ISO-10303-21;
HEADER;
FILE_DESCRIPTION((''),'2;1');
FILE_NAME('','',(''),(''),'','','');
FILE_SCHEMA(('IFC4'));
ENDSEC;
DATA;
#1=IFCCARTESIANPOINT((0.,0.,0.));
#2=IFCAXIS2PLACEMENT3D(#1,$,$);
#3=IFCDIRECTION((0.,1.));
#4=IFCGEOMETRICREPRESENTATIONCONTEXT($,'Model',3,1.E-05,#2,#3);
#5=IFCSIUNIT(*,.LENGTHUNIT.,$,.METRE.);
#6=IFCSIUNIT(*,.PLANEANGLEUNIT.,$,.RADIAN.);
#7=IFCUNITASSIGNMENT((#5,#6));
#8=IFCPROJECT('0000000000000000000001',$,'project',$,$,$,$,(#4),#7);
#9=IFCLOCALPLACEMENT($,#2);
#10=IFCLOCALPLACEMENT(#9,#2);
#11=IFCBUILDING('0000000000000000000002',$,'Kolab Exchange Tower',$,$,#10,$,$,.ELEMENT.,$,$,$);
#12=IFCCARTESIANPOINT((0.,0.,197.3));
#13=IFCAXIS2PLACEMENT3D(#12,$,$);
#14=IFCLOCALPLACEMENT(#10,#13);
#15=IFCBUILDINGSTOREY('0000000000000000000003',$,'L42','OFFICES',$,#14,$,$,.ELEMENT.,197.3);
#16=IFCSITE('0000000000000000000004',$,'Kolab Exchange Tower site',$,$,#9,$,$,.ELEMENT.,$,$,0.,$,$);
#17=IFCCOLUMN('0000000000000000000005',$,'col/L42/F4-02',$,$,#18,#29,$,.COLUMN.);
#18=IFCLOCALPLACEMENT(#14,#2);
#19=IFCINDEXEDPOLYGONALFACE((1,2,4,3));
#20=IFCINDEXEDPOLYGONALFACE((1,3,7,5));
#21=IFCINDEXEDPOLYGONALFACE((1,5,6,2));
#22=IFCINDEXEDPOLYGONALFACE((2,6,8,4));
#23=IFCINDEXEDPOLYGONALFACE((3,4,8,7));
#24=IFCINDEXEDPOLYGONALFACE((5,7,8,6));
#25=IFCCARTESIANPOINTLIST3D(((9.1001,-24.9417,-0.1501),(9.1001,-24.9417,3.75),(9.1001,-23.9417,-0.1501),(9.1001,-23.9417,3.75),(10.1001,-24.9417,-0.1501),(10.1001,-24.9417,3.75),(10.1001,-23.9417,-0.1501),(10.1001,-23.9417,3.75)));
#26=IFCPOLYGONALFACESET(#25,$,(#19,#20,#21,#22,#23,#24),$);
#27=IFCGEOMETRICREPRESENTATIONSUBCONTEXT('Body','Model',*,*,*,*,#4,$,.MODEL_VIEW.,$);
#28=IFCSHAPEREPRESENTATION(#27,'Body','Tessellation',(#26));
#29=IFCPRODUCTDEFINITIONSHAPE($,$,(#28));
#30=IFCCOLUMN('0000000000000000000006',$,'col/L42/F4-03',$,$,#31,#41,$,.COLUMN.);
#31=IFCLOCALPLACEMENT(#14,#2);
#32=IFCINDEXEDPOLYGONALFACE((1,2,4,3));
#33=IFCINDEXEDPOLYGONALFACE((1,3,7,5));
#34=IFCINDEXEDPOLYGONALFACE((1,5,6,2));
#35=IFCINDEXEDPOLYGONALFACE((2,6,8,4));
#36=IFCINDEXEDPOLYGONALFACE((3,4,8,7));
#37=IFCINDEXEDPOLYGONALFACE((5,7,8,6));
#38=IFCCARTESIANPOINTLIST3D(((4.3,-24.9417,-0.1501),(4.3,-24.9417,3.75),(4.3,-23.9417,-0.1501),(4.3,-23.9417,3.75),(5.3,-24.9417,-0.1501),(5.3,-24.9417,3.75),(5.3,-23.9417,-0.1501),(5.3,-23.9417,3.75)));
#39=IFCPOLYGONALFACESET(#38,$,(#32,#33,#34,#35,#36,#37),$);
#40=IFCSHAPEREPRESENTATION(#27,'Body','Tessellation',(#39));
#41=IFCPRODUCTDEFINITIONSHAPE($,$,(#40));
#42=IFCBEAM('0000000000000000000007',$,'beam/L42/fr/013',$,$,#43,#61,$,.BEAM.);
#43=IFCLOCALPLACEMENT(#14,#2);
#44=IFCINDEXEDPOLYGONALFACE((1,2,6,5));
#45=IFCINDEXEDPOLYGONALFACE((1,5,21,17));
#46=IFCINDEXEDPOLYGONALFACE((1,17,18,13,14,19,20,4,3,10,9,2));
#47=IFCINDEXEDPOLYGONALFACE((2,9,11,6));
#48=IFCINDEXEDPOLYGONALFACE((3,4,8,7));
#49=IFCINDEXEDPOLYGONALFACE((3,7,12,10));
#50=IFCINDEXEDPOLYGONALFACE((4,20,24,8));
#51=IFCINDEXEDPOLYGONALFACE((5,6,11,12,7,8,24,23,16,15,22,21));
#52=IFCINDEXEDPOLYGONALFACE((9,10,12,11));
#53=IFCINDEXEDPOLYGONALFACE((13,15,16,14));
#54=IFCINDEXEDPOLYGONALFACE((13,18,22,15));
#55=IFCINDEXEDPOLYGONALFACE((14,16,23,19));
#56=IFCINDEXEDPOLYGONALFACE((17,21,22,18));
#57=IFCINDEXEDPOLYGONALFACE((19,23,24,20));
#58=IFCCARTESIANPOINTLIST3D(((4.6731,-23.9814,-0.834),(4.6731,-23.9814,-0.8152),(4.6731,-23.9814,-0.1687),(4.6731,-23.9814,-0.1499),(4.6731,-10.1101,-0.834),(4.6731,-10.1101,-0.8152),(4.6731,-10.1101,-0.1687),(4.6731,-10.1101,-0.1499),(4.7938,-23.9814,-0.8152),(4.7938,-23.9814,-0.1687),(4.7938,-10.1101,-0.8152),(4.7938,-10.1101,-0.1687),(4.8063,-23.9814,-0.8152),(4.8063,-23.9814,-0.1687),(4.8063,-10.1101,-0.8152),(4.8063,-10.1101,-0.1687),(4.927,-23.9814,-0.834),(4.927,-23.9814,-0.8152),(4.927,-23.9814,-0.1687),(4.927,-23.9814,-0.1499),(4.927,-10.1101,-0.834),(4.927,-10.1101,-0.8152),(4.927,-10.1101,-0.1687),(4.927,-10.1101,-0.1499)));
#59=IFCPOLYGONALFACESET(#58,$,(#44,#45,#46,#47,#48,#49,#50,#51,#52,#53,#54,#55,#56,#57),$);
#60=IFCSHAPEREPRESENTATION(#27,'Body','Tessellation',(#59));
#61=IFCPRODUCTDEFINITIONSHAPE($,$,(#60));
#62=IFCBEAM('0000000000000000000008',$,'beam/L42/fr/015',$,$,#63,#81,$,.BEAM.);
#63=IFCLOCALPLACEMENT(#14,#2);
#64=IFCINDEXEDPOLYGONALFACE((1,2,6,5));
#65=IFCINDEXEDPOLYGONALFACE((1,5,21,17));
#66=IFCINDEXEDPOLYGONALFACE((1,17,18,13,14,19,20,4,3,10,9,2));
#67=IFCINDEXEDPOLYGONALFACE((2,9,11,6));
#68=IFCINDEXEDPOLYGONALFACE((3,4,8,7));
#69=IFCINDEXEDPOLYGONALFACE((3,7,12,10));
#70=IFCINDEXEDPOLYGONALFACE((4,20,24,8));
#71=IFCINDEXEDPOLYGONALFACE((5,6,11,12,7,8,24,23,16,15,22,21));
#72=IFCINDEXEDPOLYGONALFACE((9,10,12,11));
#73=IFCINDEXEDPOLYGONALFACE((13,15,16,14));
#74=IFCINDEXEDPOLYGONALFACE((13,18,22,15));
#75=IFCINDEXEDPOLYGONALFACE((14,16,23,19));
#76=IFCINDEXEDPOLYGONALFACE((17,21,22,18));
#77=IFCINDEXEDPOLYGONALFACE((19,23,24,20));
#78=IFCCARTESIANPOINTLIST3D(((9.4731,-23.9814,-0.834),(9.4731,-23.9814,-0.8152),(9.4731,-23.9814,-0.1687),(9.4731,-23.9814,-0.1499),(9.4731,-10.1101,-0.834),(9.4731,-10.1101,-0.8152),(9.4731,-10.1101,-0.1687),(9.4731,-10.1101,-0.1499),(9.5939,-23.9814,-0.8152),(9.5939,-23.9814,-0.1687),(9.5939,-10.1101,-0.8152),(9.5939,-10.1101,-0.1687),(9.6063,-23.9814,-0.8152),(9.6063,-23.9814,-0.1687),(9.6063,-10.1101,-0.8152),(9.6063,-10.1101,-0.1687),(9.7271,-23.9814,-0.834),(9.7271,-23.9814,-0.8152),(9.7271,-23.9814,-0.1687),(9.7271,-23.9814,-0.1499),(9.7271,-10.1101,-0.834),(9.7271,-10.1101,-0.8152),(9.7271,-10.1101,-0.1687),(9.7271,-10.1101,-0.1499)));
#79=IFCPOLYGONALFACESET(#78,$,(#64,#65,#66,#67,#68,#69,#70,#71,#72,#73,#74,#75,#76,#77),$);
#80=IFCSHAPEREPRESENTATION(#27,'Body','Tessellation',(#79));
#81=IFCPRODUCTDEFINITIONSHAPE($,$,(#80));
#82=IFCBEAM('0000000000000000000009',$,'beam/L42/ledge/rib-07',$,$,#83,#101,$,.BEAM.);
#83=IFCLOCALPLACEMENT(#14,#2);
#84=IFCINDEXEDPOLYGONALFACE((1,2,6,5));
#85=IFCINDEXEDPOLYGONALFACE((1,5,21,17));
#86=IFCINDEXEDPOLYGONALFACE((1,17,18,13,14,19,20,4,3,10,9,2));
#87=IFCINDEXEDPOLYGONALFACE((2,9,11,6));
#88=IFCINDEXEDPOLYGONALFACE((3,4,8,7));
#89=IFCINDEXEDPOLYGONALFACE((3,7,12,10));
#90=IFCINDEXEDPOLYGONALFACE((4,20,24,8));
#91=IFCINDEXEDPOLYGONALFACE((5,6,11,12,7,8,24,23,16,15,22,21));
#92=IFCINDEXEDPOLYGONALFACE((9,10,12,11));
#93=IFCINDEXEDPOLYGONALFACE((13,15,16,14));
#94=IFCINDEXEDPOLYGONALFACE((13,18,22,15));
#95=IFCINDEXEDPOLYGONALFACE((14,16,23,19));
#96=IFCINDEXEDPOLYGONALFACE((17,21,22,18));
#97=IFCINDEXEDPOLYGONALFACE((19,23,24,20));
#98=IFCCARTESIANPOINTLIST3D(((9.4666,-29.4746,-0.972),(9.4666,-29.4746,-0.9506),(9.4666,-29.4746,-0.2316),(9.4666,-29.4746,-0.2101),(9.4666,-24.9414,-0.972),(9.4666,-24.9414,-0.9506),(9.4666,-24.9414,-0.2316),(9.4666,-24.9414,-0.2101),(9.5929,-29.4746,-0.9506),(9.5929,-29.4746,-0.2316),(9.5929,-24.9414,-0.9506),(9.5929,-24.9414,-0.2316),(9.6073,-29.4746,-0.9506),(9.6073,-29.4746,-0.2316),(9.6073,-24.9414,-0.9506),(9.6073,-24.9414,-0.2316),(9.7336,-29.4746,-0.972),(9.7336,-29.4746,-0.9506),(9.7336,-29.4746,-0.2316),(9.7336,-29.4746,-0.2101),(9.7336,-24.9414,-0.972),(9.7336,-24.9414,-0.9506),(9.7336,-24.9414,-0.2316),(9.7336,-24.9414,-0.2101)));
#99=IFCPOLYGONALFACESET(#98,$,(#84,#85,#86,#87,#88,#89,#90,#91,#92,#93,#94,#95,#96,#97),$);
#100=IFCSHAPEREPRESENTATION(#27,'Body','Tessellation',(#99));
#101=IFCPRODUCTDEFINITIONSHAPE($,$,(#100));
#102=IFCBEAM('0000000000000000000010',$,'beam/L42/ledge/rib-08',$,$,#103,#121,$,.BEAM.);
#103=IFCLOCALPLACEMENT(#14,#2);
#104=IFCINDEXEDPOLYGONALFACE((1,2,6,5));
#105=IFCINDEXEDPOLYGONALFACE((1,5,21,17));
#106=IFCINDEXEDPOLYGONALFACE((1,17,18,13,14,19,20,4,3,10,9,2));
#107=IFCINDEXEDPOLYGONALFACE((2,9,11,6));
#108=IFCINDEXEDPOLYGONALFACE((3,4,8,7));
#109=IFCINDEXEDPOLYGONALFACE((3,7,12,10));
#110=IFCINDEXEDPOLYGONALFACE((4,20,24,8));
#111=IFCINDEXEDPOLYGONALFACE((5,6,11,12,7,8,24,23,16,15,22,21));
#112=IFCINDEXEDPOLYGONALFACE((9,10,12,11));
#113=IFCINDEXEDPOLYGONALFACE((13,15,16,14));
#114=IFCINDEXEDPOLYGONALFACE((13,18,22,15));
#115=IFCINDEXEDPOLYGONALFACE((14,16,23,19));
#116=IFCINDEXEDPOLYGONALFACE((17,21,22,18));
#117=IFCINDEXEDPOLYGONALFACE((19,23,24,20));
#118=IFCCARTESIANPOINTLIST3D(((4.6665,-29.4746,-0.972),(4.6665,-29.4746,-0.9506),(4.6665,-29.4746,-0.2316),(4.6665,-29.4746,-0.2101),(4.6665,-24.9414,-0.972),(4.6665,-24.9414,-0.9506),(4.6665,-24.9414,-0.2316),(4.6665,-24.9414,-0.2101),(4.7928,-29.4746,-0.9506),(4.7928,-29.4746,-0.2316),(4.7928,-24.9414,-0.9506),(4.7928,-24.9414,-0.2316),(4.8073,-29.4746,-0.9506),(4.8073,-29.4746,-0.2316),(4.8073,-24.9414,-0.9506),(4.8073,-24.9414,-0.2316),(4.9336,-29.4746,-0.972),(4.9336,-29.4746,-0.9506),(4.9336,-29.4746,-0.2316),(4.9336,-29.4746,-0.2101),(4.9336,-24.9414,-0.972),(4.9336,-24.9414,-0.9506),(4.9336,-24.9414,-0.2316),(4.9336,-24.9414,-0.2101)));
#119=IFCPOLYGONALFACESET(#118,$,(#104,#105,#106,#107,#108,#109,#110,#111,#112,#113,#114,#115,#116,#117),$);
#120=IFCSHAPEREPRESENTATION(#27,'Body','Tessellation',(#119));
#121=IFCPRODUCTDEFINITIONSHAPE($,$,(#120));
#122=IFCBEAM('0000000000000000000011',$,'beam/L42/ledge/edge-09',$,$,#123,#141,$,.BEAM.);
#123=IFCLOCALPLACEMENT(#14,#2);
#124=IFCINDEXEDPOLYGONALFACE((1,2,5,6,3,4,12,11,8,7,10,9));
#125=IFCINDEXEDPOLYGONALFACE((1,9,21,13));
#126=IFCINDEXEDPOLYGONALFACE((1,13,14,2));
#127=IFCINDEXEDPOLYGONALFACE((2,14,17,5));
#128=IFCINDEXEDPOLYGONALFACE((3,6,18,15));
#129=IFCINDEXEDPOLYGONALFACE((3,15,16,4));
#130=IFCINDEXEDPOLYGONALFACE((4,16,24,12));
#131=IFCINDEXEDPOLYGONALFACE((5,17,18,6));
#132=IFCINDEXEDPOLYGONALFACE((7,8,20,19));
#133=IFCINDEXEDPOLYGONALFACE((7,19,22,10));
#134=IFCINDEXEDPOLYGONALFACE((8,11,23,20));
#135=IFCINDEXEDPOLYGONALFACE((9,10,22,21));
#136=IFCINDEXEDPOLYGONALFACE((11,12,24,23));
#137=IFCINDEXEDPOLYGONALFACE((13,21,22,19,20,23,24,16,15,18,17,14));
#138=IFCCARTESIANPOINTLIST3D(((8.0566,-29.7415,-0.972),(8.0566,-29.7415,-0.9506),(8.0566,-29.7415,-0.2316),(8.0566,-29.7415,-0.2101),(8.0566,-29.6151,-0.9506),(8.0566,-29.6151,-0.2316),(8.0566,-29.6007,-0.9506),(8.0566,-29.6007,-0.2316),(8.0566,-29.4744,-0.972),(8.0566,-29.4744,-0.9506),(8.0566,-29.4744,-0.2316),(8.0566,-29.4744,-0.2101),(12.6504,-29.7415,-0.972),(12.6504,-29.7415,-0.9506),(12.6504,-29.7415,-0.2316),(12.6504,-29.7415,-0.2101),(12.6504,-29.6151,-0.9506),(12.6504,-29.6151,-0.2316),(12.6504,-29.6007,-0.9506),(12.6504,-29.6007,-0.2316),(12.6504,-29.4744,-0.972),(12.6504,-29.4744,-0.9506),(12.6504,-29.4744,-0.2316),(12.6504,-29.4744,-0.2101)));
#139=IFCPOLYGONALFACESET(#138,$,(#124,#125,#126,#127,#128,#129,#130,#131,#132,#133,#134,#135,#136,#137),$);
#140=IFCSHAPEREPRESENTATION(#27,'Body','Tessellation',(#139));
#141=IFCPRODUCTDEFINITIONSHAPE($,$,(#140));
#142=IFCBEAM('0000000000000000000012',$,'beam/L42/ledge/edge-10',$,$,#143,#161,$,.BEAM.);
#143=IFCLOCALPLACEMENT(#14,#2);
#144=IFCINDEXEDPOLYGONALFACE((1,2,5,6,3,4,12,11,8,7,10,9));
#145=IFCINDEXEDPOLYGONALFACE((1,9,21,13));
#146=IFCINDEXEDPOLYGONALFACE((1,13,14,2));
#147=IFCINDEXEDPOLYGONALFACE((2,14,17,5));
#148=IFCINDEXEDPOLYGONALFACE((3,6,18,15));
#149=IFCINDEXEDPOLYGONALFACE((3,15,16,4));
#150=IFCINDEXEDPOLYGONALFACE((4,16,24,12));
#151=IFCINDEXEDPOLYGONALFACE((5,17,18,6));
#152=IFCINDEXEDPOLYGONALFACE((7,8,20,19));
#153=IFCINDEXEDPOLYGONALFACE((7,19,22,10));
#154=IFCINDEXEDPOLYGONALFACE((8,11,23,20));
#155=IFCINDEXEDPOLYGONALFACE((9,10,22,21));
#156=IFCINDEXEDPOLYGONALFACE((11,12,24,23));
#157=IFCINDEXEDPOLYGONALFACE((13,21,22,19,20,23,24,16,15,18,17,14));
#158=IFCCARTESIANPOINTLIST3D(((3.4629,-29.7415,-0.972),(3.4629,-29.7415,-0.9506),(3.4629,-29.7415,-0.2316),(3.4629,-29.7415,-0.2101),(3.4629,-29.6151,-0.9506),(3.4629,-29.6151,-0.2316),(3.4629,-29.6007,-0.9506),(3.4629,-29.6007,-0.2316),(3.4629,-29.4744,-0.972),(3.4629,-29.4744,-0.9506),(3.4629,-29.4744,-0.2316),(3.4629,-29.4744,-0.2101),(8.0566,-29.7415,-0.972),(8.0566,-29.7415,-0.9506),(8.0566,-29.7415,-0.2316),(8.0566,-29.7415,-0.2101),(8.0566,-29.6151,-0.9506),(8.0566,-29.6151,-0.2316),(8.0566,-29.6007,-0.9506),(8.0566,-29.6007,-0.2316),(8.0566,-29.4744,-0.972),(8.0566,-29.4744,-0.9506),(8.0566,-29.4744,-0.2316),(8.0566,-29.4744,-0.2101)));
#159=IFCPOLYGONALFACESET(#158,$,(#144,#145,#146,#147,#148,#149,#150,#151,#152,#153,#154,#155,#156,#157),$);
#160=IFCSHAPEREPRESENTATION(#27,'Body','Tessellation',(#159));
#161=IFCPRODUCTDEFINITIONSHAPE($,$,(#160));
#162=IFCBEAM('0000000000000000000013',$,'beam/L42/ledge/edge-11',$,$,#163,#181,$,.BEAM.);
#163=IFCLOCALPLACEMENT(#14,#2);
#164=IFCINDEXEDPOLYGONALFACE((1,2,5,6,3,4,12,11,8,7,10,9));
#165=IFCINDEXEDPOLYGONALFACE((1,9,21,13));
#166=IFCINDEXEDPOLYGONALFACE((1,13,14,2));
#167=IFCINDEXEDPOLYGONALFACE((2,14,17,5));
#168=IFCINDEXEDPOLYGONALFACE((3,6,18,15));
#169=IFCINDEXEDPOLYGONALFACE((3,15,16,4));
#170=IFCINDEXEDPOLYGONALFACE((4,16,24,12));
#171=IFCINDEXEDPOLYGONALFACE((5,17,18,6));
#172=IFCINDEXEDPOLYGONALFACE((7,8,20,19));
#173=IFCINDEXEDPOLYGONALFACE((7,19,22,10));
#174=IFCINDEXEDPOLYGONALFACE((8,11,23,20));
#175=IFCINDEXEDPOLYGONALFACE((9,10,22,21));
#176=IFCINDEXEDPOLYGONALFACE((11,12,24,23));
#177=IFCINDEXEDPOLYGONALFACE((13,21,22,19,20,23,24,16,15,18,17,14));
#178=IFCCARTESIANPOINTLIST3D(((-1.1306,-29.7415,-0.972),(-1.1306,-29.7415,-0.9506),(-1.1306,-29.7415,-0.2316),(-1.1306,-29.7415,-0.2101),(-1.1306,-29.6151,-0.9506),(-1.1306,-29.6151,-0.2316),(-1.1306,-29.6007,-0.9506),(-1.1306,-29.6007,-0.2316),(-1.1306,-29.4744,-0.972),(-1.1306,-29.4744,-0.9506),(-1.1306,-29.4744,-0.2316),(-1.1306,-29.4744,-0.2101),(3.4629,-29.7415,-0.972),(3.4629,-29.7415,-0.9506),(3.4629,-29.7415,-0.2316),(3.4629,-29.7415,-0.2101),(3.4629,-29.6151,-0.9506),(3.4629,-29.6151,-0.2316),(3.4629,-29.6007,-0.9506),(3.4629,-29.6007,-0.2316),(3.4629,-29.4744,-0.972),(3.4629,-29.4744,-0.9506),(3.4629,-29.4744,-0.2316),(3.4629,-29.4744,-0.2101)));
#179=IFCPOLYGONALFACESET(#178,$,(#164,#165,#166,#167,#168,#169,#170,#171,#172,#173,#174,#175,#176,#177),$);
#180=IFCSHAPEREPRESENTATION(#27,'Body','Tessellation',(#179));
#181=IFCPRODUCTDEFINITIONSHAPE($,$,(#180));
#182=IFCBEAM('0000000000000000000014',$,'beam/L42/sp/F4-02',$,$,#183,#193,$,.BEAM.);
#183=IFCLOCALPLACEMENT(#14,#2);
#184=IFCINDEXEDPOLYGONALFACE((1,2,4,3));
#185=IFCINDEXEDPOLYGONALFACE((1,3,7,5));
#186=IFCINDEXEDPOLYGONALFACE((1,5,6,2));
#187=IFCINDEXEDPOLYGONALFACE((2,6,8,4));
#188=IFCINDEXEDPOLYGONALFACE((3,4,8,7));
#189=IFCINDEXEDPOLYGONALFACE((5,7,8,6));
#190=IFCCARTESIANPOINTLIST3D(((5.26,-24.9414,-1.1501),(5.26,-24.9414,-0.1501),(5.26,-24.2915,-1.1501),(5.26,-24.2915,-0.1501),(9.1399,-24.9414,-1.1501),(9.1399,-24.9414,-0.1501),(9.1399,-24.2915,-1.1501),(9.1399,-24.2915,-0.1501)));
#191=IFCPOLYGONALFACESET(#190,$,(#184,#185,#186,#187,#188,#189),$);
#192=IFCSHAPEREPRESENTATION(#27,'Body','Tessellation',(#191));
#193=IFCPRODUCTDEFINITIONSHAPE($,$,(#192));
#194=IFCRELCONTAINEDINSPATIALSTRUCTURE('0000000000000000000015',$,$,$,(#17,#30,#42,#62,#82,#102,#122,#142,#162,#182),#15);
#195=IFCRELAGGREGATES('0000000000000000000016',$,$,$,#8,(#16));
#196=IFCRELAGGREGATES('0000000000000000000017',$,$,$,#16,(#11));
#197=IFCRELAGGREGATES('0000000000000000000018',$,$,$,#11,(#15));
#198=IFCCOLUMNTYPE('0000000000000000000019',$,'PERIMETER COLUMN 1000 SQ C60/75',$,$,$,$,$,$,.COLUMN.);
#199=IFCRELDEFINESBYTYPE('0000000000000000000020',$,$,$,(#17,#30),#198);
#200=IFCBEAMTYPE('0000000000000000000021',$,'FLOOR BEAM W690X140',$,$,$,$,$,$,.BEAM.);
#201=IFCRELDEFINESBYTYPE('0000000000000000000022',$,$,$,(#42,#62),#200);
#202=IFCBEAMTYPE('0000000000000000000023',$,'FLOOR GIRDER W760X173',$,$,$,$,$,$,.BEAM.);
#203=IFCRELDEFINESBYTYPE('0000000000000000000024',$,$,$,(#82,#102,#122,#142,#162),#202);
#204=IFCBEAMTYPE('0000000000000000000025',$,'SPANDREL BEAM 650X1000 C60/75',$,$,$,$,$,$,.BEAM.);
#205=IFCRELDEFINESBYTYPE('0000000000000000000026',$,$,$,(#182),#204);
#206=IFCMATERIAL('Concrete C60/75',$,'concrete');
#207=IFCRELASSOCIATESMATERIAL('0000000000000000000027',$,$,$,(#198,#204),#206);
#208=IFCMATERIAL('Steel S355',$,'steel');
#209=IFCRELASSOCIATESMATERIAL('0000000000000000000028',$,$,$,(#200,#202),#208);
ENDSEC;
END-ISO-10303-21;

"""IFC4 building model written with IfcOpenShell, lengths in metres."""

from ifc_helpers import new_model, si_unit, direction, frame, origin, origin_2d, place, context, subcontext, project, spatial, rectangle, i_section, extrude, material, material_profile, profile_set, type_object, element, save


model = new_model("IFC4")

# Units and contexts
model_context = context("Model", 3, precision=1e-05, world=origin(), true_north=direction((0.0, 1.0)))
body_context = subcontext(model_context, "Body", "Model", "MODEL_VIEW")
ifc_project = project(units=[si_unit("LENGTHUNIT", "METRE"), si_unit("PLANEANGLEUNIT", "RADIAN")], contexts=[model_context])

# Site, building, storey
site_placement = place(None, origin())
site = spatial("IfcSite", under=ifc_project, at=site_placement, Name="Kolab Exchange Tower site", CompositionType="ELEMENT", RefElevation=0.0)
building_placement = place(site_placement, origin())
building = spatial("IfcBuilding", under=site, at=building_placement, Name="Kolab Exchange Tower", CompositionType="ELEMENT")
storey_placement = place(building_placement, frame((0.0, 0.0, 197.3)))
storey = spatial("IfcBuildingStorey", under=building, at=storey_placement, Name="L42", Description="OFFICES", CompositionType="ELEMENT", Elevation=197.3)

# Columns
ifc_material_1 = material(Name="Concrete C60/75", Category="concrete")
ifc_material_profile_1 = material_profile(ifc_material_1, rectangle(XDim=1.0, YDim=1.0, at=origin_2d()), Name="RC1000")
ifc_profile_set_1 = profile_set([ifc_material_profile_1], Name="Concrete C60/75")
column_type = type_object("IfcColumnType", Name="PERIMETER COLUMN 1000 SQ C60/75", PredefinedType="COLUMN", material=ifc_profile_set_1)
for number, where, z_axis, x_axis, name in (
    (1, (9.6001, -24.4417, -0.1501), (0.0, 0.0, 1.0), (1.0, 0.0, 0.0), "col/L42/F4-02"),
    (2, (4.8, -24.4417, -0.1501), (0.0, 0.0, 1.0), (1.0, 0.0, 0.0), "col/L42/F4-03"),
):
    element("IfcColumn", number, at=place(storey_placement, frame(where, z_axis=z_axis, x_axis=x_axis)), inside=storey, type_object=column_type, Name=name, PredefinedType="COLUMN", context=body_context, shape_type="SweptSolid", body=[
        extrude(rectangle(XDim=1.0, YDim=1.0, at=origin_2d()), origin(), (0.0, 0.0, 1.0), 3.9001),
    ])

# Beams
ifc_material_2 = material(Name="Steel S355", Category="steel")
ifc_material_profile_2 = material_profile(ifc_material_2, i_section(OverallWidth=0.2539, OverallDepth=0.6841, WebThickness=0.0125, FlangeThickness=0.0188, at=origin_2d()), Name="W690X140")
ifc_profile_set_2 = profile_set([ifc_material_profile_2], Name="Steel S355")
beam_type_1 = type_object("IfcBeamType", Name="FLOOR BEAM W690X140", PredefinedType="BEAM", material=ifc_profile_set_2)
for number, where, z_axis, x_axis, name in (
    (3, (4.8, -23.9814, -0.4919), (0.0, 1.0, 0.0), (-1.0, 0.0, 0.0), "beam/L42/fr/013"),
    (4, (9.6001, -23.9814, -0.4919), (0.0, 1.0, 0.0), (-1.0, 0.0, 0.0), "beam/L42/fr/015"),
):
    element("IfcBeam", number, at=place(storey_placement, frame(where, z_axis=z_axis, x_axis=x_axis)), inside=storey, type_object=beam_type_1, Name=name, PredefinedType="BEAM", context=body_context, shape_type="SweptSolid", body=[
        extrude(i_section(OverallWidth=0.2539, OverallDepth=0.6841, WebThickness=0.0125, FlangeThickness=0.0188, at=origin_2d()), origin(), (0.0, 0.0, 1.0), 13.8713),
    ])
ifc_material_profile_3 = material_profile(ifc_material_2, i_section(OverallWidth=0.2671, OverallDepth=0.762, WebThickness=0.0144, FlangeThickness=0.0215, at=origin_2d()), Name="W760X173")
ifc_profile_set_3 = profile_set([ifc_material_profile_3], Name="Steel S355")
beam_type_2 = type_object("IfcBeamType", Name="FLOOR GIRDER W760X173", PredefinedType="BEAM", material=ifc_profile_set_3)
for number, where, z_axis, x_axis, name in (
    (5, (9.6001, -24.9414, -0.5911), (0.0, -1.0, 0.0), (1.0, 0.0, 0.0), "beam/L42/ledge/rib-07"),
    (6, (4.8, -24.9414, -0.5911), (0.0, -1.0, 0.0), (1.0, 0.0, 0.0), "beam/L42/ledge/rib-08"),
):
    element("IfcBeam", number, at=place(storey_placement, frame(where, z_axis=z_axis, x_axis=x_axis)), inside=storey, type_object=beam_type_2, Name=name, PredefinedType="BEAM", context=body_context, shape_type="SweptSolid", body=[
        extrude(i_section(OverallWidth=0.2671, OverallDepth=0.762, WebThickness=0.0144, FlangeThickness=0.0215, at=origin_2d()), origin(), (0.0, 0.0, 1.0), 4.5332),
    ])
for number, where, z_axis, x_axis, name in (
    (7, (12.6504, -29.6079, -0.5911), (-1.0, 0.0, 0.0), (0.0, -1.0, 0.0), "beam/L42/ledge/edge-09"),
    (8, (8.0566, -29.6079, -0.5911), (-1.0, 0.0, 0.0), (0.0, -1.0, 0.0), "beam/L42/ledge/edge-10"),
):
    element("IfcBeam", number, at=place(storey_placement, frame(where, z_axis=z_axis, x_axis=x_axis)), inside=storey, type_object=beam_type_2, Name=name, PredefinedType="BEAM", context=body_context, shape_type="SweptSolid", body=[
        extrude(i_section(OverallWidth=0.2671, OverallDepth=0.762, WebThickness=0.0144, FlangeThickness=0.0215, at=origin_2d()), origin(), (0.0, 0.0, 1.0), 4.5938),
    ])
beam_1_placement = place(storey_placement, frame((3.4629, -29.6079, -0.5911), z_axis=(-1.0, 0.0, 0.0), x_axis=(0.0, -1.0, 0.0)))
element("IfcBeam", 9, at=beam_1_placement, inside=storey, type_object=beam_type_2, Name="beam/L42/ledge/edge-11", PredefinedType="BEAM", context=body_context, shape_type="SweptSolid", body=[
    extrude(i_section(OverallWidth=0.2671, OverallDepth=0.762, WebThickness=0.0144, FlangeThickness=0.0215, at=origin_2d()), origin(), (0.0, 0.0, 1.0), 4.5935),
])
ifc_material_profile_4 = material_profile(ifc_material_1, rectangle(XDim=0.6499, YDim=1.0, at=origin_2d()), Name="RC650X1000")
ifc_profile_set_4 = profile_set([ifc_material_profile_4], Name="Concrete C60/75")
beam_type_3 = type_object("IfcBeamType", Name="SPANDREL BEAM 650X1000 C60/75", PredefinedType="BEAM", material=ifc_profile_set_4)
beam_2_placement = place(storey_placement, frame((9.1399, -24.6165, -0.6501), z_axis=(-1.0, 0.0, 0.0), x_axis=(0.0, -1.0, 0.0)))
element("IfcBeam", 10, at=beam_2_placement, inside=storey, type_object=beam_type_3, Name="beam/L42/sp/F4-02", PredefinedType="BEAM", context=body_context, shape_type="SweptSolid", body=[
    extrude(rectangle(XDim=0.6499, YDim=1.0, at=origin_2d()), origin(), (0.0, 0.0, 1.0), 3.8799),
])

save(model, "model.ifc")
